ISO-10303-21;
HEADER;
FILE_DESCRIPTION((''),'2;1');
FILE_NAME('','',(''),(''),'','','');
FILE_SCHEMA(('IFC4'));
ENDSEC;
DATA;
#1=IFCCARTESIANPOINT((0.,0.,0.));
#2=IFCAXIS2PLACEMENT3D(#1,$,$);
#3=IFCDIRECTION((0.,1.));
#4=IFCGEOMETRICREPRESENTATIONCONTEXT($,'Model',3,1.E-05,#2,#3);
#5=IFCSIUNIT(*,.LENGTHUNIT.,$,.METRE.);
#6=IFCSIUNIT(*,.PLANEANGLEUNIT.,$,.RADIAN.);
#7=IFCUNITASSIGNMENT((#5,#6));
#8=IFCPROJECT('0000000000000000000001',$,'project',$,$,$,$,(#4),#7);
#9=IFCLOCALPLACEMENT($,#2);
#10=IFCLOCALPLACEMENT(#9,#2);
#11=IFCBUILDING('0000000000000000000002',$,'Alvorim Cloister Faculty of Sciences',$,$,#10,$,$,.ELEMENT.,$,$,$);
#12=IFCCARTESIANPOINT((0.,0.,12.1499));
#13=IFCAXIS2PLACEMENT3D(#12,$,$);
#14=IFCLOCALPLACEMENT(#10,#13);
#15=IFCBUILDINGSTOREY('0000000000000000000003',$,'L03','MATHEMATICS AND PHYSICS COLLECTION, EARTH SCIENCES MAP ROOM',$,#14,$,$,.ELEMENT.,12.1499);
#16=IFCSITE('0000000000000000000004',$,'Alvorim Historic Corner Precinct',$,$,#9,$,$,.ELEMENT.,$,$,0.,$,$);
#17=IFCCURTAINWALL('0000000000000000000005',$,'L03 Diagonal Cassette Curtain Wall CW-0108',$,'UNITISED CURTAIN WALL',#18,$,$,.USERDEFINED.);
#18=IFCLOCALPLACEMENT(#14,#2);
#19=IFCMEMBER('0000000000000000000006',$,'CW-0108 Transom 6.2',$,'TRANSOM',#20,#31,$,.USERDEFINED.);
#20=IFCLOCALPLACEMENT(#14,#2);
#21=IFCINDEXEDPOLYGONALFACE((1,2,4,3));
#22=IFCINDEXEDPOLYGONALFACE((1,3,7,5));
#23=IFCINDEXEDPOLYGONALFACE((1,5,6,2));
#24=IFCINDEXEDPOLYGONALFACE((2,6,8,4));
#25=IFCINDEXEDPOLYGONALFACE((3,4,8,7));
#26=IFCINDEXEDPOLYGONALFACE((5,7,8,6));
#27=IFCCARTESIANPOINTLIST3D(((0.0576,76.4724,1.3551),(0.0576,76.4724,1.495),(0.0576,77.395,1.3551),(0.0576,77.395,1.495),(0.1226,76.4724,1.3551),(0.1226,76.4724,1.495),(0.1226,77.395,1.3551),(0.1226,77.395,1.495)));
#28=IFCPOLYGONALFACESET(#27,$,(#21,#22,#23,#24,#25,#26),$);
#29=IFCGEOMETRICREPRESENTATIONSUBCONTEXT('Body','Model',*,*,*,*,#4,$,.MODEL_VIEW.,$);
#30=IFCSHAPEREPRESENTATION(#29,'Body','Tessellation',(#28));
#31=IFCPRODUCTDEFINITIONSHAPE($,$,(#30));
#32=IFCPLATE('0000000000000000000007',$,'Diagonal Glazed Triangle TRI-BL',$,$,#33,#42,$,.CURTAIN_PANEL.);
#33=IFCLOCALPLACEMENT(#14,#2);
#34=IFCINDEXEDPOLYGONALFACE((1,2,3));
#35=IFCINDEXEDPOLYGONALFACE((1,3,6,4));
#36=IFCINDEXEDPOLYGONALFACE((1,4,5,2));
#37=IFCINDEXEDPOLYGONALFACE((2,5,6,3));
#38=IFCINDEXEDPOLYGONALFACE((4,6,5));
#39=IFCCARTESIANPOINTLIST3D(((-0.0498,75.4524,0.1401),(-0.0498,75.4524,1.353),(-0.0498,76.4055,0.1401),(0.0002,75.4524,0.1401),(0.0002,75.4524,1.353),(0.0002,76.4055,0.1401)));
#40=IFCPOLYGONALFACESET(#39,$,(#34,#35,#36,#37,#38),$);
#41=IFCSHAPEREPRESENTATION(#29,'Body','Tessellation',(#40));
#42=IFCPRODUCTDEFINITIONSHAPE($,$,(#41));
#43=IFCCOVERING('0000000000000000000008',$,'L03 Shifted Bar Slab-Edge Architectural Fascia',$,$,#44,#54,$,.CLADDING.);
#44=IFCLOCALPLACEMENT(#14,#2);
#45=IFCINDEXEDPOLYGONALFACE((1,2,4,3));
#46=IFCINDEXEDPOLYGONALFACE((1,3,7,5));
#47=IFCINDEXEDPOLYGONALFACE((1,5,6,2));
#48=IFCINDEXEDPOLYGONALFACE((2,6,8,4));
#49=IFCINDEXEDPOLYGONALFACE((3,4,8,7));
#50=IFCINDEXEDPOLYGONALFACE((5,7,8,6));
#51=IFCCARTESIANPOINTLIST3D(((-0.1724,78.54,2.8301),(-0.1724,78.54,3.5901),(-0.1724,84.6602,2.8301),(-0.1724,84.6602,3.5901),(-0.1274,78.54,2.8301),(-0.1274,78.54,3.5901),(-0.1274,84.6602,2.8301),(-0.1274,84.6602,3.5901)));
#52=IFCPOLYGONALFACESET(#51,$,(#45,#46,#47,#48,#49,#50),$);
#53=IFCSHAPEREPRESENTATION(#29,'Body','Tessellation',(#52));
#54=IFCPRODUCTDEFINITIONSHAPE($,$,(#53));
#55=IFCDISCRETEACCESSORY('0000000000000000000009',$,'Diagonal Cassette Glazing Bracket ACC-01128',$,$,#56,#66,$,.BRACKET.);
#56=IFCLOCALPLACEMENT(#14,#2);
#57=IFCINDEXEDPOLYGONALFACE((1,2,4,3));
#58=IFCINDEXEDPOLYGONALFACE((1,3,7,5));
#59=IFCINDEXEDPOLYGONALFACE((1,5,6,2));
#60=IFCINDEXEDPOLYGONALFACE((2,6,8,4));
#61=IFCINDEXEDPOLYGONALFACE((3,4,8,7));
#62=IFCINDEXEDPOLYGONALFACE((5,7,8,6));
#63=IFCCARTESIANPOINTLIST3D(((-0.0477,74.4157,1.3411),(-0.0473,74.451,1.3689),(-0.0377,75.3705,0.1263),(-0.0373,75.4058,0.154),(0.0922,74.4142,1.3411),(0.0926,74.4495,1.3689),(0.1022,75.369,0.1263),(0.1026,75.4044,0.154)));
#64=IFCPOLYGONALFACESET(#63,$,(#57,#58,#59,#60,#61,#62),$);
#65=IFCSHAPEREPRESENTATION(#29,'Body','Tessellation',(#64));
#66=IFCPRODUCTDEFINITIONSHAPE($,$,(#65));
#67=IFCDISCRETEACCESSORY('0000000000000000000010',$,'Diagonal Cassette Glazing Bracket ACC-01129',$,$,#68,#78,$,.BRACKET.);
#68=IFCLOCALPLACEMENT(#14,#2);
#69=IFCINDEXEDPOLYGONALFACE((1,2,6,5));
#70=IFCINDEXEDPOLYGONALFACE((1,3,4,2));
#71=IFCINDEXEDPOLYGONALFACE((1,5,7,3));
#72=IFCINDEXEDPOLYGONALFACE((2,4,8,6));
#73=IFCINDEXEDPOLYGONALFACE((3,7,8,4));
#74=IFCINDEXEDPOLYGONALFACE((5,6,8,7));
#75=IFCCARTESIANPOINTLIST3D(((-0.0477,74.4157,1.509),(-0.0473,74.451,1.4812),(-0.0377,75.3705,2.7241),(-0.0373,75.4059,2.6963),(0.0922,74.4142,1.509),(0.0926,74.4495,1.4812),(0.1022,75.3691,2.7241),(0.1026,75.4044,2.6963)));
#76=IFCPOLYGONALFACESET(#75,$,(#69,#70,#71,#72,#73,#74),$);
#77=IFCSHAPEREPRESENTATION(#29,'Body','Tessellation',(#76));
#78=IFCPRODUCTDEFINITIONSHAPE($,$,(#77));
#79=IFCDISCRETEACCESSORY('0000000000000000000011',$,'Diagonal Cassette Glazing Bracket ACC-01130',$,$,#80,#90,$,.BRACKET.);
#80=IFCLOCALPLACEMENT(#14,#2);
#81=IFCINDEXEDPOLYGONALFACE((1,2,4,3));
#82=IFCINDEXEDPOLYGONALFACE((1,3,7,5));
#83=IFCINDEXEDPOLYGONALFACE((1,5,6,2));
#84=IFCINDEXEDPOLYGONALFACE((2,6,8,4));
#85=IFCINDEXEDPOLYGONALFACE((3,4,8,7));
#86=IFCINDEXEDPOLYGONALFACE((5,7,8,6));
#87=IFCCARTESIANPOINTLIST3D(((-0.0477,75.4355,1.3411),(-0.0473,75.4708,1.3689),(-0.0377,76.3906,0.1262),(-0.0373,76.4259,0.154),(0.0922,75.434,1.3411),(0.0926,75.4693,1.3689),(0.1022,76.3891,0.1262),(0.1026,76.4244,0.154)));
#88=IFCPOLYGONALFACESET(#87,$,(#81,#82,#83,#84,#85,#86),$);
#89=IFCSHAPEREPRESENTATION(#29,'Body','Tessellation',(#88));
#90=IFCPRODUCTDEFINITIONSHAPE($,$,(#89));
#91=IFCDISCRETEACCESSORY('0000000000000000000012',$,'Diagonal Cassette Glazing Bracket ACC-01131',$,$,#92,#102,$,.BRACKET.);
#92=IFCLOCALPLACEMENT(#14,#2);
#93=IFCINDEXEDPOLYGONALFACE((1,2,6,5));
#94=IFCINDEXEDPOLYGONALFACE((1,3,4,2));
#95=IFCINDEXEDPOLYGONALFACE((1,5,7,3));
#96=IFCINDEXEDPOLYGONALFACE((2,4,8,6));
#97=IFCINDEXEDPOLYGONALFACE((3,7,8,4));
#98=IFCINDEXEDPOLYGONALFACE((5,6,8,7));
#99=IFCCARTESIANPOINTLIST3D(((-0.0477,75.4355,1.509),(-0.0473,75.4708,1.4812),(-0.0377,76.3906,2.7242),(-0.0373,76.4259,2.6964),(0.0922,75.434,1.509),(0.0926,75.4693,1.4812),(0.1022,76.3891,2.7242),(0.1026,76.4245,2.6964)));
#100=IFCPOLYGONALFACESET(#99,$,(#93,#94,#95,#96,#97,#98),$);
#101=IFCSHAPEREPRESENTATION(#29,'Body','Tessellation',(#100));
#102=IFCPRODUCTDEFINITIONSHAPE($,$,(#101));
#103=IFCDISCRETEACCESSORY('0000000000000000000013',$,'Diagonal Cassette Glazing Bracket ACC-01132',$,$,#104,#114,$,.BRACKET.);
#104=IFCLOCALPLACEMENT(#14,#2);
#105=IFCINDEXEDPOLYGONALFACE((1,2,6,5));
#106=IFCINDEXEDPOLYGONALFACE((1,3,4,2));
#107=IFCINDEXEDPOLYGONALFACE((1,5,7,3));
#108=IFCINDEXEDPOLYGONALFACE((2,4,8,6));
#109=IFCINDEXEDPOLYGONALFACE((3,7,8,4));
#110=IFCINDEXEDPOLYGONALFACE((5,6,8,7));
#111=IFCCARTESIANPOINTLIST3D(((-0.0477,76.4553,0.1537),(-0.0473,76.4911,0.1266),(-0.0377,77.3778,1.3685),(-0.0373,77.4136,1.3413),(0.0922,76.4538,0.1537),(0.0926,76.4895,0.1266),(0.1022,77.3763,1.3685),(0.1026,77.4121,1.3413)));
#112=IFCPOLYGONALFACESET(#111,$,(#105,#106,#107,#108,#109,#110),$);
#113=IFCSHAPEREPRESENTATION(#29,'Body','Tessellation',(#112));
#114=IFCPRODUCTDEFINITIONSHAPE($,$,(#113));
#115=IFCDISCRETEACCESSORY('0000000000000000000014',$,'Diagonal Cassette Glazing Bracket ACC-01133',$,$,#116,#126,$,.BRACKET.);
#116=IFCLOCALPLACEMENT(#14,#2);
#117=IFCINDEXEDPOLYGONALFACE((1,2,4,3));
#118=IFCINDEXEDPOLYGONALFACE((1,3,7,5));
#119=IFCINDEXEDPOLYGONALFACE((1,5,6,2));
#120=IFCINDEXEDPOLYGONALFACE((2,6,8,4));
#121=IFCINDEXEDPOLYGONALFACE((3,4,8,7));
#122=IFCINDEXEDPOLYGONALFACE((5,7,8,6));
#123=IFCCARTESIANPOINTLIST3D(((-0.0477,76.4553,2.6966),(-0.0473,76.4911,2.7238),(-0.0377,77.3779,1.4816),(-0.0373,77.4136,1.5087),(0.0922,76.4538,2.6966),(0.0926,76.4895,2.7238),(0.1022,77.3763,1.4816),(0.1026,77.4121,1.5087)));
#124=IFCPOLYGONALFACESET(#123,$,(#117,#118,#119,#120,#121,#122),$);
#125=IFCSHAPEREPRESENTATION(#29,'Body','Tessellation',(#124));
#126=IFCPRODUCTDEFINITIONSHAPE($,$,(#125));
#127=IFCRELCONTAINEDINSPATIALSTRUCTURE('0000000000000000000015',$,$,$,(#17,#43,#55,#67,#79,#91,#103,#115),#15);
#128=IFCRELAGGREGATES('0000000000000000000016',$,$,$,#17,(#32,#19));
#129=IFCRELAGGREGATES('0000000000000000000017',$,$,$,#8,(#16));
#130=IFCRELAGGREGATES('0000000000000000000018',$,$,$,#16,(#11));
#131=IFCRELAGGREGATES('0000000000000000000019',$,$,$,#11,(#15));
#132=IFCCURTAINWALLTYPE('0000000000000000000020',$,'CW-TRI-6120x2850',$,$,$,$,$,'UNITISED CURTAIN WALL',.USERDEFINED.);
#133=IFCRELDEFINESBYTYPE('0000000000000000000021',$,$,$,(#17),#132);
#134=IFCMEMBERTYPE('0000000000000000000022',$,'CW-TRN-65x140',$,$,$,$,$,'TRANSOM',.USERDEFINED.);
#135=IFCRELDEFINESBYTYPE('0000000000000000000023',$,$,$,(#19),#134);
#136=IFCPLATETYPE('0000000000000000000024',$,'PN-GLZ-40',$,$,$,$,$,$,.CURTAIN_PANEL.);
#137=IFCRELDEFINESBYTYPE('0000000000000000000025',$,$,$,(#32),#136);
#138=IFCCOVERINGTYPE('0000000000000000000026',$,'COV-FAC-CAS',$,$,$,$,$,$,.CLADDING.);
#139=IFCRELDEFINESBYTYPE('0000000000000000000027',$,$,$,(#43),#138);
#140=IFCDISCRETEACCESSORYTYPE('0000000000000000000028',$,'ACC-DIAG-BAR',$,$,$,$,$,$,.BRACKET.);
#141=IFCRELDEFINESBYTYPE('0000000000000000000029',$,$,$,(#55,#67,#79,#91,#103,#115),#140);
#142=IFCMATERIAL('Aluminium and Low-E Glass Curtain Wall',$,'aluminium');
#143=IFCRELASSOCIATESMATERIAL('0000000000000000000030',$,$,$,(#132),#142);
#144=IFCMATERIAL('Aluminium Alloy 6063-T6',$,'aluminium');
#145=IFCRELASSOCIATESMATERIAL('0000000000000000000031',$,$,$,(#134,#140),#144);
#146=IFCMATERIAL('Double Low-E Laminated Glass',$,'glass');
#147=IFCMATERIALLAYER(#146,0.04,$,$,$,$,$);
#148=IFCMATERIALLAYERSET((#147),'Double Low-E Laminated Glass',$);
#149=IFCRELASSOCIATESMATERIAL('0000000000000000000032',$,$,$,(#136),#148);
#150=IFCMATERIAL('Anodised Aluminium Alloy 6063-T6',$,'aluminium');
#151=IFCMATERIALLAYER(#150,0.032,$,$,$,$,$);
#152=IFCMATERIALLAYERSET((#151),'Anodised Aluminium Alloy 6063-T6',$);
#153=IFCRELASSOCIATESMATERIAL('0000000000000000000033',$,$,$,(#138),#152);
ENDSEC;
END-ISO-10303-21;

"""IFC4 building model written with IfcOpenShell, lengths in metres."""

from ifc_helpers import new_model, si_unit, direction, frame, origin, origin_2d, place, context, subcontext, project, spatial, polyline, rectangle, outline, extrude, material, layer, layer_set, material_profile, profile_set, type_object, element, aggregate, save


model = new_model("IFC4")

# Units and contexts
model_context = context("Model", 3, precision=1e-05, world=origin(), true_north=direction((0.0, 1.0)))
body_context = subcontext(model_context, "Body", "Model", "MODEL_VIEW")
ifc_project = project(units=[si_unit("LENGTHUNIT", "METRE"), si_unit("PLANEANGLEUNIT", "RADIAN")], contexts=[model_context])

# Site, building, storey
site_placement = place(None, origin())
site = spatial("IfcSite", under=ifc_project, at=site_placement, Name="Alvorim Historic Corner Precinct", CompositionType="ELEMENT", RefElevation=0.0)
building_placement = place(site_placement, origin())
building = spatial("IfcBuilding", under=site, at=building_placement, Name="Alvorim Cloister Faculty of Sciences", CompositionType="ELEMENT")
storey_placement = place(building_placement, frame((0.0, 0.0, 12.1499)))
storey = spatial("IfcBuildingStorey", under=building, at=storey_placement, Name="L03", Description="MATHEMATICS AND PHYSICS COLLECTION, EARTH SCIENCES MAP ROOM", CompositionType="ELEMENT", Elevation=12.1499)

# Curtain wall, member, plate
ifc_material_1 = material(Name="Aluminium and Low-E Glass Curtain Wall", Category="aluminium")
curtain_wall_type = type_object("IfcCurtainWallType", Name="CW-TRI-6120x2850", ElementType="UNITISED CURTAIN WALL", PredefinedType="USERDEFINED", material=ifc_material_1)
curtain_wall_1_placement = place(storey_placement, origin())
curtain_wall_1 = element("IfcCurtainWall", 1, at=curtain_wall_1_placement, inside=storey, type_object=curtain_wall_type, Name="L03 Diagonal Cassette Curtain Wall CW-0108", ObjectType="UNITISED CURTAIN WALL", PredefinedType="USERDEFINED")
ifc_material_2 = material(Name="Aluminium Alloy 6063-T6", Category="aluminium")
ifc_material_profile_1 = material_profile(ifc_material_2, rectangle(XDim=0.0649, YDim=0.1399, at=origin_2d()), Name="ALU-TRN-65x140")
ifc_profile_set_1 = profile_set([ifc_material_profile_1], Name="Aluminium Alloy 6063-T6")
member_type_1 = type_object("IfcMemberType", Name="CW-TRN-65x140", ElementType="TRANSOM", PredefinedType="USERDEFINED", material=ifc_profile_set_1)
member_1_placement = place(storey_placement, frame((0.0901, 76.4724, 1.425), z_axis=(0.0, 1.0, 0.0), x_axis=(-1.0, 0.0, 0.0)))
member_1 = element("IfcMember", 2, at=member_1_placement, type_object=member_type_1, Name="CW-0108 Transom 6.2", ObjectType="TRANSOM", PredefinedType="USERDEFINED", context=body_context, shape_type="SweptSolid", body=[
    extrude(rectangle(XDim=0.0649, YDim=0.1399, at=origin_2d()), origin(), (0.0, 0.0, 1.0), 0.9226),
])
ifc_material_3 = material(Name="Double Low-E Laminated Glass", Category="glass")
ifc_layer_1 = layer(ifc_material_3, 0.04)
ifc_layer_set_1 = layer_set([ifc_layer_1], Name="Double Low-E Laminated Glass")
plate_type = type_object("IfcPlateType", Name="PN-GLZ-40", PredefinedType="CURTAIN_PANEL", material=ifc_layer_set_1)
plate_1_placement = place(storey_placement, frame((-0.0249, 75.4524, 0.1401), z_axis=(0.0, 0.0, 1.0), x_axis=(0.0, 1.0, 0.0)))
plate_1 = element("IfcPlate", 3, at=plate_1_placement, type_object=plate_type, Name="Diagonal Glazed Triangle TRI-BL", PredefinedType="CURTAIN_PANEL", context=body_context, shape_type="SweptSolid", body=[
    extrude(outline(polyline([(0.0, 0.0), (0.9531, 0.0), (0.0, 1.2129), (0.0, 0.0)])), frame((0.0, 0.0249, 0.0), z_axis=(0.0, -1.0, 0.0), x_axis=(1.0, 0.0, 0.0)), (0.0, 0.0, 1.0), 0.05),
])
aggregate(curtain_wall_1, [plate_1, member_1])

# Covering
ifc_material_4 = material(Name="Anodised Aluminium Alloy 6063-T6", Category="aluminium")
ifc_layer_2 = layer(ifc_material_4, 0.032)
ifc_layer_set_2 = layer_set([ifc_layer_2], Name="Anodised Aluminium Alloy 6063-T6")
covering_type = type_object("IfcCoveringType", Name="COV-FAC-CAS", PredefinedType="CLADDING", material=ifc_layer_set_2)
covering_placement = place(storey_placement, frame((-0.1499, 78.54, 2.8301), z_axis=(0.0, 0.0, 1.0), x_axis=(0.0, 1.0, 0.0)))
element("IfcCovering", 4, at=covering_placement, inside=storey, type_object=covering_type, Name="L03 Shifted Bar Slab-Edge Architectural Fascia", PredefinedType="CLADDING", context=body_context, shape_type="SweptSolid", body=[
    extrude(outline(polyline([(0.0, 0.0), (6.1201, 0.0), (6.1201, 0.76), (0.0, 0.76), (0.0, 0.0)])), frame((0.0, 0.0225, 0.0), z_axis=(0.0, -1.0, 0.0), x_axis=(1.0, 0.0, 0.0)), (0.0, 0.0, 1.0), 0.0449),
])

# Discrete accessories
discrete_accessory_type = type_object("IfcDiscreteAccessoryType", Name="ACC-DIAG-BAR", PredefinedType="BRACKET", material=ifc_material_2)
discrete_accessory_1_placement = place(storey_placement, frame((0.0225, 74.4326, 1.355), z_axis=(0.006478, 0.617934, -0.786203), x_axis=(-0.999945, 0.010483, 0.0)))
element("IfcDiscreteAccessory", 5, at=discrete_accessory_1_placement, inside=storey, type_object=discrete_accessory_type, Name="Diagonal Cassette Glazing Bracket ACC-01128", PredefinedType="BRACKET", context=body_context, shape_type="SweptSolid", body=[
    extrude(rectangle(XDim=0.1399, YDim=0.0449, at=origin_2d()), origin(), (0.0, 0.0, 1.0), 1.5452),
])
for number, where, z_axis, x_axis, name in (
    (6, (0.0225, 74.4326, 1.4951), (0.006477, 0.617857, 0.786263), (-0.999945, 0.010483, 0.0), "Diagonal Cassette Glazing Bracket ACC-01129"),
    (7, (0.0225, 75.4524, 1.355), (0.006477, 0.618032, -0.786126), (-0.999945, 0.01048, 0.0), "Diagonal Cassette Glazing Bracket ACC-01130"),
):
    element("IfcDiscreteAccessory", number, at=place(storey_placement, frame(where, z_axis=z_axis, x_axis=x_axis)), inside=storey, type_object=discrete_accessory_type, Name=name, PredefinedType="BRACKET", context=body_context, shape_type="SweptSolid", body=[
        extrude(rectangle(XDim=0.1399, YDim=0.0449, at=origin_2d()), origin(), (0.0, 0.0, 1.0), 1.5454),
    ])
discrete_accessory_2_placement = place(storey_placement, frame((0.0225, 75.4524, 1.4951), z_axis=(0.006477, 0.617955, 0.786187), x_axis=(-0.999945, 0.01048, 0.0)))
element("IfcDiscreteAccessory", 8, at=discrete_accessory_2_placement, inside=storey, type_object=discrete_accessory_type, Name="Diagonal Cassette Glazing Bracket ACC-01131", PredefinedType="BRACKET", context=body_context, shape_type="SweptSolid", body=[
    extrude(rectangle(XDim=0.1399, YDim=0.0449, at=origin_2d()), origin(), (0.0, 0.0, 1.0), 1.5457),
])
discrete_accessory_3_placement = place(storey_placement, frame((0.0225, 76.4724, 0.1401), z_axis=(0.006562, 0.60479, 0.796358), x_axis=(-0.999941, 0.010849, 0.0)))
element("IfcDiscreteAccessory", 9, at=discrete_accessory_3_placement, inside=storey, type_object=discrete_accessory_type, Name="Diagonal Cassette Glazing Bracket ACC-01132", PredefinedType="BRACKET", context=body_context, shape_type="SweptSolid", body=[
    extrude(rectangle(XDim=0.1399, YDim=0.0449, at=origin_2d()), origin(), (0.0, 0.0, 1.0), 1.5254),
])
discrete_accessory_4_placement = place(storey_placement, frame((0.0225, 76.4724, 2.7102), z_axis=(0.006561, 0.604713, -0.796416), x_axis=(-0.999941, 0.010849, 0.0)))
element("IfcDiscreteAccessory", 10, at=discrete_accessory_4_placement, inside=storey, type_object=discrete_accessory_type, Name="Diagonal Cassette Glazing Bracket ACC-01133", PredefinedType="BRACKET", context=body_context, shape_type="SweptSolid", body=[
    extrude(rectangle(XDim=0.1399, YDim=0.0449, at=origin_2d()), origin(), (0.0, 0.0, 1.0), 1.5256),
])

save(model, "model.ifc")
